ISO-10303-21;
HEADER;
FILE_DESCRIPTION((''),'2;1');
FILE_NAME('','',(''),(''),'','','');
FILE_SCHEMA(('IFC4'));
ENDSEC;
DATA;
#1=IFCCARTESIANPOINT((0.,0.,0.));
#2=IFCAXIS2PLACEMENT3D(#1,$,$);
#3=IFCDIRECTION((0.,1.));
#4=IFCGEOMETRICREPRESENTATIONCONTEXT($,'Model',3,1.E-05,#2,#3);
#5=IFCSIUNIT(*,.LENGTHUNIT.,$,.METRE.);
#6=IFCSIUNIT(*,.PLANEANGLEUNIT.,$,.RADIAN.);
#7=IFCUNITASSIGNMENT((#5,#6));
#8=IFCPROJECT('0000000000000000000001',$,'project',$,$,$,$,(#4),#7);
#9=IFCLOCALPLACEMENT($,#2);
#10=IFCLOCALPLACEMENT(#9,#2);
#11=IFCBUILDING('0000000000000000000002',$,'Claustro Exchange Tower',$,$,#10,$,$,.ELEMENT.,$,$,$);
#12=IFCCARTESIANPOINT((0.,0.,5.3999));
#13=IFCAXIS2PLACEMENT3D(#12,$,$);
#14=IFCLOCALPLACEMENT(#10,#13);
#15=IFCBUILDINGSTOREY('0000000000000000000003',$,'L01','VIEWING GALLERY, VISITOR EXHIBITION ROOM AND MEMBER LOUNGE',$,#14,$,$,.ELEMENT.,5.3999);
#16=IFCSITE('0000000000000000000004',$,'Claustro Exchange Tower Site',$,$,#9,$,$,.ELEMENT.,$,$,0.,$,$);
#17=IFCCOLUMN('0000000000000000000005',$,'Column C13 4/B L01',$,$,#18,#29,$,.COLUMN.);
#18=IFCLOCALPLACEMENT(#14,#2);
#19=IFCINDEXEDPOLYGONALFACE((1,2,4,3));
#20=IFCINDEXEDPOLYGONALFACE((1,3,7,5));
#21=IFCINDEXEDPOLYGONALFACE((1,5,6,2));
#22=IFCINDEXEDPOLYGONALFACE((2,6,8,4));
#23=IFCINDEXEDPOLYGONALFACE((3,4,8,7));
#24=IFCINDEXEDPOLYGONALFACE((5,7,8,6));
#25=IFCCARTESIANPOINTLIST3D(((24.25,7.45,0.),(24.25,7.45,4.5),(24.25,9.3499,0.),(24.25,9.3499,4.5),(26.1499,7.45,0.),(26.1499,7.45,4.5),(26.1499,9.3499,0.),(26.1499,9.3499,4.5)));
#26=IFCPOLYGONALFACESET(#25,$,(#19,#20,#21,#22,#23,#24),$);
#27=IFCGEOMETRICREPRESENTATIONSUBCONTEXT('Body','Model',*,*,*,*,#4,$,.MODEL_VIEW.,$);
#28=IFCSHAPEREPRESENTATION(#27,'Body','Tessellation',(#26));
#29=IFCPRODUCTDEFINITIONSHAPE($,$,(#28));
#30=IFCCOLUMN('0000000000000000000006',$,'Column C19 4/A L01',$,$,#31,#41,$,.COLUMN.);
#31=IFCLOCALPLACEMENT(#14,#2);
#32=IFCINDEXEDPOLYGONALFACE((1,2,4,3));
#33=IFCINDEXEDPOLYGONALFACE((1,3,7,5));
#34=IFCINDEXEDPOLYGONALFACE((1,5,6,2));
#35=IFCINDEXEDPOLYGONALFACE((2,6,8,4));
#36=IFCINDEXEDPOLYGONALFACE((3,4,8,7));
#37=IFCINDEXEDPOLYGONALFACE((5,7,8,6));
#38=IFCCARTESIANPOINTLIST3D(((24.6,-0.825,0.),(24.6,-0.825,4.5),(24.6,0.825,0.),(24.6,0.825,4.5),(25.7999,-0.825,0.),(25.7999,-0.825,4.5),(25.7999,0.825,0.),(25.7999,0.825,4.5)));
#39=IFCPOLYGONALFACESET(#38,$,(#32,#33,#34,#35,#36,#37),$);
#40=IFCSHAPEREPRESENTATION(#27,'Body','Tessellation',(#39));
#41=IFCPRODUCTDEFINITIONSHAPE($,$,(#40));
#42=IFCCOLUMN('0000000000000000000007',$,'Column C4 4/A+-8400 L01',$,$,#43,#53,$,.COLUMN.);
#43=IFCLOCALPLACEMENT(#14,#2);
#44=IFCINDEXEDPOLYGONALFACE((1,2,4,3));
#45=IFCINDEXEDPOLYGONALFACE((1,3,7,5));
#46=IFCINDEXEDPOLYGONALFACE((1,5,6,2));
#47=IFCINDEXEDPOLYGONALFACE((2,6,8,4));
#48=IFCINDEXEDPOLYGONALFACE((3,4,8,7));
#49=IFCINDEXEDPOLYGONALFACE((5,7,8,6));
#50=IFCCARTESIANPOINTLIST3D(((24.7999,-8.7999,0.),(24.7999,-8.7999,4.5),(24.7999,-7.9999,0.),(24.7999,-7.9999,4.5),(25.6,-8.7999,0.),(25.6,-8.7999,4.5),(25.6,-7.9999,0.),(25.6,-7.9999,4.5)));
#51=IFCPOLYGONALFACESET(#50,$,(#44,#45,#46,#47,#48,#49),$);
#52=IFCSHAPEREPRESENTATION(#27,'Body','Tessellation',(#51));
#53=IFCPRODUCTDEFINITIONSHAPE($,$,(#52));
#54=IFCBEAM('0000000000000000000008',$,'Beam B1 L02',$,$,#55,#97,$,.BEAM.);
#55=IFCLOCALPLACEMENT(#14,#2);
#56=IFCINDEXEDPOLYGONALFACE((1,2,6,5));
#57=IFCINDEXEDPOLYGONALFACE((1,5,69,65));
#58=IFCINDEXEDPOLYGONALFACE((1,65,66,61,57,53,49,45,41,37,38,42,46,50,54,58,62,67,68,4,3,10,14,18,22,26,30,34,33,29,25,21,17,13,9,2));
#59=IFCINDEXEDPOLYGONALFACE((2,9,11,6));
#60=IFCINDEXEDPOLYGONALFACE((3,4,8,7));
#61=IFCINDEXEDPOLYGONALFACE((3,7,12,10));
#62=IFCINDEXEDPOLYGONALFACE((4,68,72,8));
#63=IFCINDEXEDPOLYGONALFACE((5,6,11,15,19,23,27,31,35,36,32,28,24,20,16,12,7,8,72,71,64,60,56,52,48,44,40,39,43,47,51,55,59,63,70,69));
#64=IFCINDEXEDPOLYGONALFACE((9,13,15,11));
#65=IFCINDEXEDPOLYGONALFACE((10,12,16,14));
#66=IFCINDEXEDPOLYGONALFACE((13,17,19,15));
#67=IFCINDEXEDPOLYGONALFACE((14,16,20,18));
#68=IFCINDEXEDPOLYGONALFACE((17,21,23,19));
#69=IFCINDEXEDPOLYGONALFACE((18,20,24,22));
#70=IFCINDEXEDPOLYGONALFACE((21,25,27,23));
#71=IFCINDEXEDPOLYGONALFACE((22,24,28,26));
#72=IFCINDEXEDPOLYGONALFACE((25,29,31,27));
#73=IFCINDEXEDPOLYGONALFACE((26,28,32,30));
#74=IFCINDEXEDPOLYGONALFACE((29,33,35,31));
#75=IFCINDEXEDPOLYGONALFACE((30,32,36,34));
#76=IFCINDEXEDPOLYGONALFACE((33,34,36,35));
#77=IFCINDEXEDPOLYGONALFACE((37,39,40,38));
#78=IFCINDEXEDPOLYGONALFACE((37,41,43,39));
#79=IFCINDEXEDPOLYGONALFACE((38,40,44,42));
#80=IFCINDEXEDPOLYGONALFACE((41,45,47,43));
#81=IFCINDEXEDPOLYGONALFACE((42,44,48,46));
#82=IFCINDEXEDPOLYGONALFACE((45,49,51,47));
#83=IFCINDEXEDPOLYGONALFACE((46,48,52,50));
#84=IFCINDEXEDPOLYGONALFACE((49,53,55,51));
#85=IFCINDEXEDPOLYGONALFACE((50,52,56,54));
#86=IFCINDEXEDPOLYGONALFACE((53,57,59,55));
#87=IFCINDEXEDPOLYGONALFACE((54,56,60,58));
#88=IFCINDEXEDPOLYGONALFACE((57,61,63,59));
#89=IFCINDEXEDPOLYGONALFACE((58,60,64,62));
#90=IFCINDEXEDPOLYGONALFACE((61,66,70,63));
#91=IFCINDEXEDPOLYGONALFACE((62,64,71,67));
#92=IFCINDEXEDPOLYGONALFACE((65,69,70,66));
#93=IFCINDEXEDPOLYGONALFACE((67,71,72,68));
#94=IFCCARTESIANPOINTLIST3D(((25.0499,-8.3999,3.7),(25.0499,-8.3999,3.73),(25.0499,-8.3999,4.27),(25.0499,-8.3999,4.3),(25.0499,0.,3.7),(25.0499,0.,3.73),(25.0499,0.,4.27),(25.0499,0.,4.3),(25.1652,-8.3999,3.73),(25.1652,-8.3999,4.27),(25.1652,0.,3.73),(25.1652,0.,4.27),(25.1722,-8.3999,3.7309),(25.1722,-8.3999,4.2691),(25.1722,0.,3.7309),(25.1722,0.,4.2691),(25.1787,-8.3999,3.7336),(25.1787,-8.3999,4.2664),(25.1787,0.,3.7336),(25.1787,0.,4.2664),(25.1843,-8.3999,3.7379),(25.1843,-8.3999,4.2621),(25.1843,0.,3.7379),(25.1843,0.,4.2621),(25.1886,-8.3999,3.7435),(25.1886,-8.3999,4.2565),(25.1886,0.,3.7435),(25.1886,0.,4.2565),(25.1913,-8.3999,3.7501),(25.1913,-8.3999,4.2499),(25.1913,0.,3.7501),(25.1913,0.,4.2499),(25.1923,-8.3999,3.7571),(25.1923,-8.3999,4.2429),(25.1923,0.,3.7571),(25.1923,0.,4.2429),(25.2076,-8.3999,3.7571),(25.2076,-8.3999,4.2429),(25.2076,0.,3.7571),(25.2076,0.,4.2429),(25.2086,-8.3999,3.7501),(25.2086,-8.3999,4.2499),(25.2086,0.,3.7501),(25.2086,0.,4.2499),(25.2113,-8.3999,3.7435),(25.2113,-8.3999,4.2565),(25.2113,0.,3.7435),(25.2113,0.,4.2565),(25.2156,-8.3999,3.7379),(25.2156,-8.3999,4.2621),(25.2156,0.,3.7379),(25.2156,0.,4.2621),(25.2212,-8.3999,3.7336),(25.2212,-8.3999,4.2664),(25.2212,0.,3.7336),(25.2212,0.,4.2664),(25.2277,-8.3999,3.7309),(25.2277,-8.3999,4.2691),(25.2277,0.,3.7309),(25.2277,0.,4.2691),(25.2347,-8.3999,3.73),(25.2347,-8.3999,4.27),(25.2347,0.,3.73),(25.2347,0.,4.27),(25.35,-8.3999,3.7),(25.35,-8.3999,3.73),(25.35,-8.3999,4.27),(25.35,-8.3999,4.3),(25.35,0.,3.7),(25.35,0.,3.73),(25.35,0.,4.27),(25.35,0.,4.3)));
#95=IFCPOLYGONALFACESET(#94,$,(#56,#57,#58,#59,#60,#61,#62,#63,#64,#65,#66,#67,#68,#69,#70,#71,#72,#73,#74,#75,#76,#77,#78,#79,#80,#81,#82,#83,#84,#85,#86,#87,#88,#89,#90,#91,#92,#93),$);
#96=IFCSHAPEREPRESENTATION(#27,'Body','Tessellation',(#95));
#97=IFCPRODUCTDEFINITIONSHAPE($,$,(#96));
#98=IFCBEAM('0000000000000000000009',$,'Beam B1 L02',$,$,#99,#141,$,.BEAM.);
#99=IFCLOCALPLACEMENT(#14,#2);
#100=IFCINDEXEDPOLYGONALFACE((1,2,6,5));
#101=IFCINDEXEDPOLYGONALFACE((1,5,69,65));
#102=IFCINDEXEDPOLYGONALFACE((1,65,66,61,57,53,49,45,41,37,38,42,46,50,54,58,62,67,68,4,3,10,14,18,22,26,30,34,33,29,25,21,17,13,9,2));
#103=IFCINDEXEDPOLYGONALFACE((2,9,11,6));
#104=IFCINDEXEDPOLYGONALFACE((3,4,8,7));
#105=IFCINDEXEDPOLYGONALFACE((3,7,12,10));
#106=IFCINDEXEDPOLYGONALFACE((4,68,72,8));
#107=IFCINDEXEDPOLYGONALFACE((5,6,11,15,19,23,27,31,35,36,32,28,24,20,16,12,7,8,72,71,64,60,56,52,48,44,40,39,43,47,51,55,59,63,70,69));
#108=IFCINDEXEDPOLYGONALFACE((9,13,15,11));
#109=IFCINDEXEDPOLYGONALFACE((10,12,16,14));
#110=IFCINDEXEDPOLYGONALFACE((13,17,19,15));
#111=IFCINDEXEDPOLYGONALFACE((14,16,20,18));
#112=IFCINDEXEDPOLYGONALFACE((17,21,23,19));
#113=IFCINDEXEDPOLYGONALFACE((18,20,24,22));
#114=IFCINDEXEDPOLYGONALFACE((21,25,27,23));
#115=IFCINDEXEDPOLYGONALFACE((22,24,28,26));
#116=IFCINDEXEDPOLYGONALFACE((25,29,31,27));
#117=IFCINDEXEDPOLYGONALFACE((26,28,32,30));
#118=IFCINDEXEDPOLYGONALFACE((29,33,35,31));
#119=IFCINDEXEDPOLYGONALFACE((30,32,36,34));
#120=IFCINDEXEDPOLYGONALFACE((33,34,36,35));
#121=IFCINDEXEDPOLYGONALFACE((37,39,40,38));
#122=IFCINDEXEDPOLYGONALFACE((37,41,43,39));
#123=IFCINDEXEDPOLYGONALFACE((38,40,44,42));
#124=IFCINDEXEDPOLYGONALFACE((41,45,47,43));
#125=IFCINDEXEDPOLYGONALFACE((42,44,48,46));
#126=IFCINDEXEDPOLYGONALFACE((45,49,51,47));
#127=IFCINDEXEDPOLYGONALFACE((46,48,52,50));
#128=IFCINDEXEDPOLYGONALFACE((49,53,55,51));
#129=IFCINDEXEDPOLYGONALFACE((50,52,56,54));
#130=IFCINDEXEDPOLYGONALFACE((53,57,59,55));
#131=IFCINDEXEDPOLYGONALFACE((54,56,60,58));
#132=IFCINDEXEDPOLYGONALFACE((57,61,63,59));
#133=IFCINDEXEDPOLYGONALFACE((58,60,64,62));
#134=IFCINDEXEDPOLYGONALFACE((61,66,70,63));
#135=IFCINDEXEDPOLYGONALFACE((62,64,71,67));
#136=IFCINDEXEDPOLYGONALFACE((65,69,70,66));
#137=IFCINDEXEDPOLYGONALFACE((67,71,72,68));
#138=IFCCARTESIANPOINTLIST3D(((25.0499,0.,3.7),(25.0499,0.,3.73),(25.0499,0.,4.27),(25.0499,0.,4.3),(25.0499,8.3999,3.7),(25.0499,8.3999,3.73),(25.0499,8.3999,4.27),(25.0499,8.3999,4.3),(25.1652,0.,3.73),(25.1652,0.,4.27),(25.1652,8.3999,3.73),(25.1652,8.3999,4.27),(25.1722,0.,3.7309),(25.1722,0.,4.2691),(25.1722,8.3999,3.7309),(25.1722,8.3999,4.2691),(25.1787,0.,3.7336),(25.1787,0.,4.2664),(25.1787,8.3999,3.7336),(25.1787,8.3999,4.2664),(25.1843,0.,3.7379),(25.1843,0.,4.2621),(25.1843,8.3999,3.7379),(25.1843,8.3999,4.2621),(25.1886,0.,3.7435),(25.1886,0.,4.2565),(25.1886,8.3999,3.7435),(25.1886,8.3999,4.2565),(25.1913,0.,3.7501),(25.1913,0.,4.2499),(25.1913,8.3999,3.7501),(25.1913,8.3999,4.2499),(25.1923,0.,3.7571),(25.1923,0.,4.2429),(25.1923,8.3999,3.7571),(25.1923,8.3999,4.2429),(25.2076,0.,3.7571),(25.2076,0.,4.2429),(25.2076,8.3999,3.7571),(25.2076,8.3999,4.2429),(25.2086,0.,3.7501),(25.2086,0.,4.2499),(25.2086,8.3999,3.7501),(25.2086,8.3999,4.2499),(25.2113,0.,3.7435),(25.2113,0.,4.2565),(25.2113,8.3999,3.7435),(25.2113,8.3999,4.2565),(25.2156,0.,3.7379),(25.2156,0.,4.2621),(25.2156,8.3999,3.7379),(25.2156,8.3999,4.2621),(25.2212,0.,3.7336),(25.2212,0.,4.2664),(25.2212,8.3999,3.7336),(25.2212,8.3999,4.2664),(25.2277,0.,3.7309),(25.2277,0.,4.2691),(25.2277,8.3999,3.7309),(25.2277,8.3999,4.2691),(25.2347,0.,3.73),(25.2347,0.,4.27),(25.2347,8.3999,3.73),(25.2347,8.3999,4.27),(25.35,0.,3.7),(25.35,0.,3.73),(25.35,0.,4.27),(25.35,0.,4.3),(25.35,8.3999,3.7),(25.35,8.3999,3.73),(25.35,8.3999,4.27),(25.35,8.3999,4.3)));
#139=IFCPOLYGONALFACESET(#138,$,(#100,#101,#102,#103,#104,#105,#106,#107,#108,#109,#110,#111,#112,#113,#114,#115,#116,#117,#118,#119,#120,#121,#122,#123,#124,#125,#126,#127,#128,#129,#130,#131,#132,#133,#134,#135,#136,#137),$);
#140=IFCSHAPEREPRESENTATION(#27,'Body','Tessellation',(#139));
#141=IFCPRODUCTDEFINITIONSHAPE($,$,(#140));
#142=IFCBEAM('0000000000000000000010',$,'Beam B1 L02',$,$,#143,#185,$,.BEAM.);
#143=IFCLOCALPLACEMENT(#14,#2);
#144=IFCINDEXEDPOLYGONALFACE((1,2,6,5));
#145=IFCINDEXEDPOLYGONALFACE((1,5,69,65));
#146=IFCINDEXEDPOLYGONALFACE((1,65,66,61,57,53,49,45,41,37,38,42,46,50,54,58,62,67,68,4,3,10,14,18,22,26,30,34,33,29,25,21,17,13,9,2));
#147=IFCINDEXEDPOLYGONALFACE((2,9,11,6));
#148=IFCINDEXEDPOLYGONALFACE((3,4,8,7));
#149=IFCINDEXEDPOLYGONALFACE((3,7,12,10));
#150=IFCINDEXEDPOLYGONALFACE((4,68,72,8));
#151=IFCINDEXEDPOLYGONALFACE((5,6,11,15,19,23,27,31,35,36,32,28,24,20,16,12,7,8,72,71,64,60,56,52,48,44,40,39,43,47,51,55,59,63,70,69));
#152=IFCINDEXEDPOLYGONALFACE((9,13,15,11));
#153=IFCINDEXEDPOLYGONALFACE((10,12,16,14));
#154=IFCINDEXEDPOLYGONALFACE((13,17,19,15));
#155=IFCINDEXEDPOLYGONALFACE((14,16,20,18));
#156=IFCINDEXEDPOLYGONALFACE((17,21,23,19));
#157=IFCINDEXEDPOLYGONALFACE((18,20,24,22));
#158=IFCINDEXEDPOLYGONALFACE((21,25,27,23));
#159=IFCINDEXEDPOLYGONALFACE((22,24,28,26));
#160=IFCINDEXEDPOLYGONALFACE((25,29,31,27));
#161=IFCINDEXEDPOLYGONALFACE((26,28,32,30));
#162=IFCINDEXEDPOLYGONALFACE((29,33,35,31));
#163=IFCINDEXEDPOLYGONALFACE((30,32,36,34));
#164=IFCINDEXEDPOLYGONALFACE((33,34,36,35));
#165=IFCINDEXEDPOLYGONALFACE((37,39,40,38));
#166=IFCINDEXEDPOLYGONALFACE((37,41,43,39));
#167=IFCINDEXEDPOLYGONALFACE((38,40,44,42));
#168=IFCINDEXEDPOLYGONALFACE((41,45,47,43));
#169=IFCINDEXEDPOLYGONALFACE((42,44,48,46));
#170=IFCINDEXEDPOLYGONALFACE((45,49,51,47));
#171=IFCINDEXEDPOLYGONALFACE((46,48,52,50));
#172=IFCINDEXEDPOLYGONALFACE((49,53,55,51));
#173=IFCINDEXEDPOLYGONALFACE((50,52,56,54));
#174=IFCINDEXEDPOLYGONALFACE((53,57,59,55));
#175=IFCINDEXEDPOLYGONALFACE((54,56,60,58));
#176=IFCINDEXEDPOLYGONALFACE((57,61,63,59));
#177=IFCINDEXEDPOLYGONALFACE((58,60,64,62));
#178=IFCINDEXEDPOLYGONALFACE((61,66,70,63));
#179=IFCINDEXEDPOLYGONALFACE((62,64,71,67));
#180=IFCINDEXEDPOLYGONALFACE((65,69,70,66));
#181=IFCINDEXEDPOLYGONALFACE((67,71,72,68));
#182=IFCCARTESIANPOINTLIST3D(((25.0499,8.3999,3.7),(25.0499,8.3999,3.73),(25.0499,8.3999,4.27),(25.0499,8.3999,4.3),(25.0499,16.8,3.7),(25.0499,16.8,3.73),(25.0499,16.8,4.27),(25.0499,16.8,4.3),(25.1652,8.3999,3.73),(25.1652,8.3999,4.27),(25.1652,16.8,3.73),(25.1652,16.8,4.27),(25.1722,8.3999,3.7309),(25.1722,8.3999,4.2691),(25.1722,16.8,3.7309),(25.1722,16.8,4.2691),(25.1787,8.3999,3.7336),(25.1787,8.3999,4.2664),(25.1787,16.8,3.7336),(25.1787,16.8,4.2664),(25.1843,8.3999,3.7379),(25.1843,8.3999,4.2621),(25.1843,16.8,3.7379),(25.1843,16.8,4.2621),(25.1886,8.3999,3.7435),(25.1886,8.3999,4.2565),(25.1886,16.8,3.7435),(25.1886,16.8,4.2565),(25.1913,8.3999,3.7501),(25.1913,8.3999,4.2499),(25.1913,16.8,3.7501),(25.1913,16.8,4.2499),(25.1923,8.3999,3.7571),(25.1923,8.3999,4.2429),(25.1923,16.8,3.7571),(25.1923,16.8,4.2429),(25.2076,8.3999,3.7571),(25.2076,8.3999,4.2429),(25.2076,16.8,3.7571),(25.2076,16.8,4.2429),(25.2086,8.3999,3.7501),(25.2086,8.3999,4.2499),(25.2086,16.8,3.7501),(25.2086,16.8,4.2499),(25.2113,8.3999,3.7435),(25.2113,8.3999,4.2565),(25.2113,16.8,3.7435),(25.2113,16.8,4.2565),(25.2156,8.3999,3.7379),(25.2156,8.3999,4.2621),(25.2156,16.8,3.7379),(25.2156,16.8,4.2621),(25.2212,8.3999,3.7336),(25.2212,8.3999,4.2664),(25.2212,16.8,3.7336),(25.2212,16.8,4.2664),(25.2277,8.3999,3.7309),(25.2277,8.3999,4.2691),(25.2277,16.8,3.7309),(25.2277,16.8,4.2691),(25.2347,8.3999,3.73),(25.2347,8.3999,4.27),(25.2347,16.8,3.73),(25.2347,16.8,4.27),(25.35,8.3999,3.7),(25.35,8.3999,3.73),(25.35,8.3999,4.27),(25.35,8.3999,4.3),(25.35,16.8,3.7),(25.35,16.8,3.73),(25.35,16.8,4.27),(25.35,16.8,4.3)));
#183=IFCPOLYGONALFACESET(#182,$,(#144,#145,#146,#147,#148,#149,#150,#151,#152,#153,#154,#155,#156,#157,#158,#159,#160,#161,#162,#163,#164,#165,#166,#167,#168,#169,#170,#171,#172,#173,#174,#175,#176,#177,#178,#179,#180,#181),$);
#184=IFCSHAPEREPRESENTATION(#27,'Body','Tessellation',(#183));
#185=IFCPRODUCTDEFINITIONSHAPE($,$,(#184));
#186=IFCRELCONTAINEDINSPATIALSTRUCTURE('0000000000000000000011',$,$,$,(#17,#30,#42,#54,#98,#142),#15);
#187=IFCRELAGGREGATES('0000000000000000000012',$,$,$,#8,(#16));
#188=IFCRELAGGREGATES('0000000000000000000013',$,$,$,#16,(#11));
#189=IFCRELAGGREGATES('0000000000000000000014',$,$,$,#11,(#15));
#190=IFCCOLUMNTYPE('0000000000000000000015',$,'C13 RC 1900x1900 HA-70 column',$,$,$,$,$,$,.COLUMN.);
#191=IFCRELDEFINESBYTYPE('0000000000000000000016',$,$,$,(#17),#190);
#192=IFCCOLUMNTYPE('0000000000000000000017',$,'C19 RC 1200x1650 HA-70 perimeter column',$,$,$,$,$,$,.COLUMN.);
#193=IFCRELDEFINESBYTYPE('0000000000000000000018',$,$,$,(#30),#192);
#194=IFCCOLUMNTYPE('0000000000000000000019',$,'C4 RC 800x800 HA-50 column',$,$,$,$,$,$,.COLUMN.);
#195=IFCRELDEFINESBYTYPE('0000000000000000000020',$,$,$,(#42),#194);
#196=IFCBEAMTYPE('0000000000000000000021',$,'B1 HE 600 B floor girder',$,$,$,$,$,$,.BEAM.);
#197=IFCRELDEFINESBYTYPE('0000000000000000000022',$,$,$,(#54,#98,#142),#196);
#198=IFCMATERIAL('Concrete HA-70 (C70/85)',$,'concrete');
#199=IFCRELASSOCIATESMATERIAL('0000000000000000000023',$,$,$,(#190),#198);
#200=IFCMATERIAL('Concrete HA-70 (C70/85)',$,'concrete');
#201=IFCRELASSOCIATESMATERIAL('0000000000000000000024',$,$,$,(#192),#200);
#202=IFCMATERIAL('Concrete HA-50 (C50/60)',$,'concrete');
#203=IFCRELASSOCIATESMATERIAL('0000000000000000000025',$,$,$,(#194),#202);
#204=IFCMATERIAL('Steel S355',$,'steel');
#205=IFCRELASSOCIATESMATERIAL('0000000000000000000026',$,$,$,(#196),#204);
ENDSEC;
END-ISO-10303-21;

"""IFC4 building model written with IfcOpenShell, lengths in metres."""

from ifc_helpers import new_model, si_unit, direction, frame, origin, origin_2d, place, context, subcontext, project, spatial, rectangle, i_section, extrude, material, material_profile, profile_set, type_object, element, save


model = new_model("IFC4")

# Units and contexts
model_context = context("Model", 3, precision=1e-05, world=origin(), true_north=direction((0.0, 1.0)))
body_context = subcontext(model_context, "Body", "Model", "MODEL_VIEW")
ifc_project = project(units=[si_unit("LENGTHUNIT", "METRE"), si_unit("PLANEANGLEUNIT", "RADIAN")], contexts=[model_context])

# Site, building, storey
site_placement = place(None, origin())
site = spatial("IfcSite", under=ifc_project, at=site_placement, Name="Claustro Exchange Tower Site", CompositionType="ELEMENT", RefElevation=0.0)
building_placement = place(site_placement, origin())
building = spatial("IfcBuilding", under=site, at=building_placement, Name="Claustro Exchange Tower", CompositionType="ELEMENT")
storey_placement = place(building_placement, frame((0.0, 0.0, 5.3999)))
storey = spatial("IfcBuildingStorey", under=building, at=storey_placement, Name="L01", Description="VIEWING GALLERY, VISITOR EXHIBITION ROOM AND MEMBER LOUNGE", CompositionType="ELEMENT", Elevation=5.3999)

# Columns
ifc_material_1 = material(Name="Concrete HA-70 (C70/85)", Category="concrete")
ifc_material_profile_1 = material_profile(ifc_material_1, rectangle(XDim=1.8999, YDim=1.8999, at=origin_2d()), Name="RC 1900x1900")
ifc_profile_set_1 = profile_set([ifc_material_profile_1], Name="Concrete HA-70 (C70/85)")
column_type_1 = type_object("IfcColumnType", Name="C13 RC 1900x1900 HA-70 column", PredefinedType="COLUMN", material=ifc_profile_set_1)
column_1_placement = place(storey_placement, frame((25.2, 8.3999, 0.0), z_axis=(0.0, 0.0, 1.0), x_axis=(1.0, 0.0, 0.0)))
element("IfcColumn", 1, at=column_1_placement, inside=storey, type_object=column_type_1, Name="Column C13 4/B L01", PredefinedType="COLUMN", context=body_context, shape_type="SweptSolid", body=[
    extrude(rectangle(XDim=1.8999, YDim=1.8999, at=origin_2d()), origin(), (0.0, 0.0, 1.0), 4.5),
])
ifc_material_2 = material(Name="Concrete HA-70 (C70/85)", Category="concrete")
ifc_material_profile_2 = material_profile(ifc_material_2, rectangle(XDim=1.2, YDim=1.6499, at=origin_2d()), Name="RC 1200x1650")
ifc_profile_set_2 = profile_set([ifc_material_profile_2], Name="Concrete HA-70 (C70/85)")
column_type_2 = type_object("IfcColumnType", Name="C19 RC 1200x1650 HA-70 perimeter column", PredefinedType="COLUMN", material=ifc_profile_set_2)
column_2_placement = place(storey_placement, frame((25.2, 0.0, 0.0), z_axis=(0.0, 0.0, 1.0), x_axis=(1.0, 0.0, 0.0)))
element("IfcColumn", 2, at=column_2_placement, inside=storey, type_object=column_type_2, Name="Column C19 4/A L01", PredefinedType="COLUMN", context=body_context, shape_type="SweptSolid", body=[
    extrude(rectangle(XDim=1.2, YDim=1.6499, at=origin_2d()), origin(), (0.0, 0.0, 1.0), 4.5),
])
ifc_material_3 = material(Name="Concrete HA-50 (C50/60)", Category="concrete")
ifc_material_profile_3 = material_profile(ifc_material_3, rectangle(XDim=0.8, YDim=0.8, at=origin_2d()), Name="RC 800x800")
ifc_profile_set_3 = profile_set([ifc_material_profile_3], Name="Concrete HA-50 (C50/60)")
column_type_3 = type_object("IfcColumnType", Name="C4 RC 800x800 HA-50 column", PredefinedType="COLUMN", material=ifc_profile_set_3)
column_3_placement = place(storey_placement, frame((25.2, -8.3999, 0.0), z_axis=(0.0, 0.0, 1.0), x_axis=(1.0, 0.0, 0.0)))
element("IfcColumn", 3, at=column_3_placement, inside=storey, type_object=column_type_3, Name="Column C4 4/A+-8400 L01", PredefinedType="COLUMN", context=body_context, shape_type="SweptSolid", body=[
    extrude(rectangle(XDim=0.8, YDim=0.8, at=origin_2d()), origin(), (0.0, 0.0, 1.0), 4.5),
])

# Beams
ifc_material_4 = material(Name="Steel S355", Category="steel")
ifc_material_profile_4 = material_profile(ifc_material_4, i_section(OverallWidth=0.3, OverallDepth=0.6001, WebThickness=0.0154, FlangeThickness=0.03, FilletRadius=0.0271, at=origin_2d()), Name="HE 600 B")
ifc_profile_set_4 = profile_set([ifc_material_profile_4], Name="Steel S355")
beam_type_1 = type_object("IfcBeamType", Name="B1 HE 600 B floor girder", PredefinedType="BEAM", material=ifc_profile_set_4)
for number, where, z_axis, x_axis, name in (
    (4, (25.2, -8.3999, 4.0), (0.0, 1.0, 0.0), (-1.0, 0.0, 0.0), "Beam B1 L02"),
    (5, (25.2, 0.0, 4.0), (0.0, 1.0, 0.0), (-1.0, 0.0, 0.0), "Beam B1 L02"),
):
    element("IfcBeam", number, at=place(storey_placement, frame(where, z_axis=z_axis, x_axis=x_axis)), inside=storey, type_object=beam_type_1, Name=name, PredefinedType="BEAM", context=body_context, shape_type="SweptSolid", body=[
        extrude(i_section(OverallWidth=0.3, OverallDepth=0.6001, WebThickness=0.0154, FlangeThickness=0.03, FilletRadius=0.0271, at=origin_2d()), origin(), (0.0, 0.0, 1.0), 8.3999),
    ])
for number, where, z_axis, x_axis, name in (
    (6, (25.2, 8.3999, 4.0), (0.0, 1.0, 0.0), (-1.0, 0.0, 0.0), "Beam B1 L02"),
):
    element("IfcBeam", number, at=place(storey_placement, frame(where, z_axis=z_axis, x_axis=x_axis)), inside=storey, type_object=beam_type_1, Name=name, PredefinedType="BEAM", context=body_context, shape_type="SweptSolid", body=[
        extrude(i_section(OverallWidth=0.3, OverallDepth=0.6001, WebThickness=0.0154, FlangeThickness=0.03, FilletRadius=0.0271, at=origin_2d()), origin(), (0.0, 0.0, 1.0), 8.4001),
    ])

save(model, "model.ifc")
